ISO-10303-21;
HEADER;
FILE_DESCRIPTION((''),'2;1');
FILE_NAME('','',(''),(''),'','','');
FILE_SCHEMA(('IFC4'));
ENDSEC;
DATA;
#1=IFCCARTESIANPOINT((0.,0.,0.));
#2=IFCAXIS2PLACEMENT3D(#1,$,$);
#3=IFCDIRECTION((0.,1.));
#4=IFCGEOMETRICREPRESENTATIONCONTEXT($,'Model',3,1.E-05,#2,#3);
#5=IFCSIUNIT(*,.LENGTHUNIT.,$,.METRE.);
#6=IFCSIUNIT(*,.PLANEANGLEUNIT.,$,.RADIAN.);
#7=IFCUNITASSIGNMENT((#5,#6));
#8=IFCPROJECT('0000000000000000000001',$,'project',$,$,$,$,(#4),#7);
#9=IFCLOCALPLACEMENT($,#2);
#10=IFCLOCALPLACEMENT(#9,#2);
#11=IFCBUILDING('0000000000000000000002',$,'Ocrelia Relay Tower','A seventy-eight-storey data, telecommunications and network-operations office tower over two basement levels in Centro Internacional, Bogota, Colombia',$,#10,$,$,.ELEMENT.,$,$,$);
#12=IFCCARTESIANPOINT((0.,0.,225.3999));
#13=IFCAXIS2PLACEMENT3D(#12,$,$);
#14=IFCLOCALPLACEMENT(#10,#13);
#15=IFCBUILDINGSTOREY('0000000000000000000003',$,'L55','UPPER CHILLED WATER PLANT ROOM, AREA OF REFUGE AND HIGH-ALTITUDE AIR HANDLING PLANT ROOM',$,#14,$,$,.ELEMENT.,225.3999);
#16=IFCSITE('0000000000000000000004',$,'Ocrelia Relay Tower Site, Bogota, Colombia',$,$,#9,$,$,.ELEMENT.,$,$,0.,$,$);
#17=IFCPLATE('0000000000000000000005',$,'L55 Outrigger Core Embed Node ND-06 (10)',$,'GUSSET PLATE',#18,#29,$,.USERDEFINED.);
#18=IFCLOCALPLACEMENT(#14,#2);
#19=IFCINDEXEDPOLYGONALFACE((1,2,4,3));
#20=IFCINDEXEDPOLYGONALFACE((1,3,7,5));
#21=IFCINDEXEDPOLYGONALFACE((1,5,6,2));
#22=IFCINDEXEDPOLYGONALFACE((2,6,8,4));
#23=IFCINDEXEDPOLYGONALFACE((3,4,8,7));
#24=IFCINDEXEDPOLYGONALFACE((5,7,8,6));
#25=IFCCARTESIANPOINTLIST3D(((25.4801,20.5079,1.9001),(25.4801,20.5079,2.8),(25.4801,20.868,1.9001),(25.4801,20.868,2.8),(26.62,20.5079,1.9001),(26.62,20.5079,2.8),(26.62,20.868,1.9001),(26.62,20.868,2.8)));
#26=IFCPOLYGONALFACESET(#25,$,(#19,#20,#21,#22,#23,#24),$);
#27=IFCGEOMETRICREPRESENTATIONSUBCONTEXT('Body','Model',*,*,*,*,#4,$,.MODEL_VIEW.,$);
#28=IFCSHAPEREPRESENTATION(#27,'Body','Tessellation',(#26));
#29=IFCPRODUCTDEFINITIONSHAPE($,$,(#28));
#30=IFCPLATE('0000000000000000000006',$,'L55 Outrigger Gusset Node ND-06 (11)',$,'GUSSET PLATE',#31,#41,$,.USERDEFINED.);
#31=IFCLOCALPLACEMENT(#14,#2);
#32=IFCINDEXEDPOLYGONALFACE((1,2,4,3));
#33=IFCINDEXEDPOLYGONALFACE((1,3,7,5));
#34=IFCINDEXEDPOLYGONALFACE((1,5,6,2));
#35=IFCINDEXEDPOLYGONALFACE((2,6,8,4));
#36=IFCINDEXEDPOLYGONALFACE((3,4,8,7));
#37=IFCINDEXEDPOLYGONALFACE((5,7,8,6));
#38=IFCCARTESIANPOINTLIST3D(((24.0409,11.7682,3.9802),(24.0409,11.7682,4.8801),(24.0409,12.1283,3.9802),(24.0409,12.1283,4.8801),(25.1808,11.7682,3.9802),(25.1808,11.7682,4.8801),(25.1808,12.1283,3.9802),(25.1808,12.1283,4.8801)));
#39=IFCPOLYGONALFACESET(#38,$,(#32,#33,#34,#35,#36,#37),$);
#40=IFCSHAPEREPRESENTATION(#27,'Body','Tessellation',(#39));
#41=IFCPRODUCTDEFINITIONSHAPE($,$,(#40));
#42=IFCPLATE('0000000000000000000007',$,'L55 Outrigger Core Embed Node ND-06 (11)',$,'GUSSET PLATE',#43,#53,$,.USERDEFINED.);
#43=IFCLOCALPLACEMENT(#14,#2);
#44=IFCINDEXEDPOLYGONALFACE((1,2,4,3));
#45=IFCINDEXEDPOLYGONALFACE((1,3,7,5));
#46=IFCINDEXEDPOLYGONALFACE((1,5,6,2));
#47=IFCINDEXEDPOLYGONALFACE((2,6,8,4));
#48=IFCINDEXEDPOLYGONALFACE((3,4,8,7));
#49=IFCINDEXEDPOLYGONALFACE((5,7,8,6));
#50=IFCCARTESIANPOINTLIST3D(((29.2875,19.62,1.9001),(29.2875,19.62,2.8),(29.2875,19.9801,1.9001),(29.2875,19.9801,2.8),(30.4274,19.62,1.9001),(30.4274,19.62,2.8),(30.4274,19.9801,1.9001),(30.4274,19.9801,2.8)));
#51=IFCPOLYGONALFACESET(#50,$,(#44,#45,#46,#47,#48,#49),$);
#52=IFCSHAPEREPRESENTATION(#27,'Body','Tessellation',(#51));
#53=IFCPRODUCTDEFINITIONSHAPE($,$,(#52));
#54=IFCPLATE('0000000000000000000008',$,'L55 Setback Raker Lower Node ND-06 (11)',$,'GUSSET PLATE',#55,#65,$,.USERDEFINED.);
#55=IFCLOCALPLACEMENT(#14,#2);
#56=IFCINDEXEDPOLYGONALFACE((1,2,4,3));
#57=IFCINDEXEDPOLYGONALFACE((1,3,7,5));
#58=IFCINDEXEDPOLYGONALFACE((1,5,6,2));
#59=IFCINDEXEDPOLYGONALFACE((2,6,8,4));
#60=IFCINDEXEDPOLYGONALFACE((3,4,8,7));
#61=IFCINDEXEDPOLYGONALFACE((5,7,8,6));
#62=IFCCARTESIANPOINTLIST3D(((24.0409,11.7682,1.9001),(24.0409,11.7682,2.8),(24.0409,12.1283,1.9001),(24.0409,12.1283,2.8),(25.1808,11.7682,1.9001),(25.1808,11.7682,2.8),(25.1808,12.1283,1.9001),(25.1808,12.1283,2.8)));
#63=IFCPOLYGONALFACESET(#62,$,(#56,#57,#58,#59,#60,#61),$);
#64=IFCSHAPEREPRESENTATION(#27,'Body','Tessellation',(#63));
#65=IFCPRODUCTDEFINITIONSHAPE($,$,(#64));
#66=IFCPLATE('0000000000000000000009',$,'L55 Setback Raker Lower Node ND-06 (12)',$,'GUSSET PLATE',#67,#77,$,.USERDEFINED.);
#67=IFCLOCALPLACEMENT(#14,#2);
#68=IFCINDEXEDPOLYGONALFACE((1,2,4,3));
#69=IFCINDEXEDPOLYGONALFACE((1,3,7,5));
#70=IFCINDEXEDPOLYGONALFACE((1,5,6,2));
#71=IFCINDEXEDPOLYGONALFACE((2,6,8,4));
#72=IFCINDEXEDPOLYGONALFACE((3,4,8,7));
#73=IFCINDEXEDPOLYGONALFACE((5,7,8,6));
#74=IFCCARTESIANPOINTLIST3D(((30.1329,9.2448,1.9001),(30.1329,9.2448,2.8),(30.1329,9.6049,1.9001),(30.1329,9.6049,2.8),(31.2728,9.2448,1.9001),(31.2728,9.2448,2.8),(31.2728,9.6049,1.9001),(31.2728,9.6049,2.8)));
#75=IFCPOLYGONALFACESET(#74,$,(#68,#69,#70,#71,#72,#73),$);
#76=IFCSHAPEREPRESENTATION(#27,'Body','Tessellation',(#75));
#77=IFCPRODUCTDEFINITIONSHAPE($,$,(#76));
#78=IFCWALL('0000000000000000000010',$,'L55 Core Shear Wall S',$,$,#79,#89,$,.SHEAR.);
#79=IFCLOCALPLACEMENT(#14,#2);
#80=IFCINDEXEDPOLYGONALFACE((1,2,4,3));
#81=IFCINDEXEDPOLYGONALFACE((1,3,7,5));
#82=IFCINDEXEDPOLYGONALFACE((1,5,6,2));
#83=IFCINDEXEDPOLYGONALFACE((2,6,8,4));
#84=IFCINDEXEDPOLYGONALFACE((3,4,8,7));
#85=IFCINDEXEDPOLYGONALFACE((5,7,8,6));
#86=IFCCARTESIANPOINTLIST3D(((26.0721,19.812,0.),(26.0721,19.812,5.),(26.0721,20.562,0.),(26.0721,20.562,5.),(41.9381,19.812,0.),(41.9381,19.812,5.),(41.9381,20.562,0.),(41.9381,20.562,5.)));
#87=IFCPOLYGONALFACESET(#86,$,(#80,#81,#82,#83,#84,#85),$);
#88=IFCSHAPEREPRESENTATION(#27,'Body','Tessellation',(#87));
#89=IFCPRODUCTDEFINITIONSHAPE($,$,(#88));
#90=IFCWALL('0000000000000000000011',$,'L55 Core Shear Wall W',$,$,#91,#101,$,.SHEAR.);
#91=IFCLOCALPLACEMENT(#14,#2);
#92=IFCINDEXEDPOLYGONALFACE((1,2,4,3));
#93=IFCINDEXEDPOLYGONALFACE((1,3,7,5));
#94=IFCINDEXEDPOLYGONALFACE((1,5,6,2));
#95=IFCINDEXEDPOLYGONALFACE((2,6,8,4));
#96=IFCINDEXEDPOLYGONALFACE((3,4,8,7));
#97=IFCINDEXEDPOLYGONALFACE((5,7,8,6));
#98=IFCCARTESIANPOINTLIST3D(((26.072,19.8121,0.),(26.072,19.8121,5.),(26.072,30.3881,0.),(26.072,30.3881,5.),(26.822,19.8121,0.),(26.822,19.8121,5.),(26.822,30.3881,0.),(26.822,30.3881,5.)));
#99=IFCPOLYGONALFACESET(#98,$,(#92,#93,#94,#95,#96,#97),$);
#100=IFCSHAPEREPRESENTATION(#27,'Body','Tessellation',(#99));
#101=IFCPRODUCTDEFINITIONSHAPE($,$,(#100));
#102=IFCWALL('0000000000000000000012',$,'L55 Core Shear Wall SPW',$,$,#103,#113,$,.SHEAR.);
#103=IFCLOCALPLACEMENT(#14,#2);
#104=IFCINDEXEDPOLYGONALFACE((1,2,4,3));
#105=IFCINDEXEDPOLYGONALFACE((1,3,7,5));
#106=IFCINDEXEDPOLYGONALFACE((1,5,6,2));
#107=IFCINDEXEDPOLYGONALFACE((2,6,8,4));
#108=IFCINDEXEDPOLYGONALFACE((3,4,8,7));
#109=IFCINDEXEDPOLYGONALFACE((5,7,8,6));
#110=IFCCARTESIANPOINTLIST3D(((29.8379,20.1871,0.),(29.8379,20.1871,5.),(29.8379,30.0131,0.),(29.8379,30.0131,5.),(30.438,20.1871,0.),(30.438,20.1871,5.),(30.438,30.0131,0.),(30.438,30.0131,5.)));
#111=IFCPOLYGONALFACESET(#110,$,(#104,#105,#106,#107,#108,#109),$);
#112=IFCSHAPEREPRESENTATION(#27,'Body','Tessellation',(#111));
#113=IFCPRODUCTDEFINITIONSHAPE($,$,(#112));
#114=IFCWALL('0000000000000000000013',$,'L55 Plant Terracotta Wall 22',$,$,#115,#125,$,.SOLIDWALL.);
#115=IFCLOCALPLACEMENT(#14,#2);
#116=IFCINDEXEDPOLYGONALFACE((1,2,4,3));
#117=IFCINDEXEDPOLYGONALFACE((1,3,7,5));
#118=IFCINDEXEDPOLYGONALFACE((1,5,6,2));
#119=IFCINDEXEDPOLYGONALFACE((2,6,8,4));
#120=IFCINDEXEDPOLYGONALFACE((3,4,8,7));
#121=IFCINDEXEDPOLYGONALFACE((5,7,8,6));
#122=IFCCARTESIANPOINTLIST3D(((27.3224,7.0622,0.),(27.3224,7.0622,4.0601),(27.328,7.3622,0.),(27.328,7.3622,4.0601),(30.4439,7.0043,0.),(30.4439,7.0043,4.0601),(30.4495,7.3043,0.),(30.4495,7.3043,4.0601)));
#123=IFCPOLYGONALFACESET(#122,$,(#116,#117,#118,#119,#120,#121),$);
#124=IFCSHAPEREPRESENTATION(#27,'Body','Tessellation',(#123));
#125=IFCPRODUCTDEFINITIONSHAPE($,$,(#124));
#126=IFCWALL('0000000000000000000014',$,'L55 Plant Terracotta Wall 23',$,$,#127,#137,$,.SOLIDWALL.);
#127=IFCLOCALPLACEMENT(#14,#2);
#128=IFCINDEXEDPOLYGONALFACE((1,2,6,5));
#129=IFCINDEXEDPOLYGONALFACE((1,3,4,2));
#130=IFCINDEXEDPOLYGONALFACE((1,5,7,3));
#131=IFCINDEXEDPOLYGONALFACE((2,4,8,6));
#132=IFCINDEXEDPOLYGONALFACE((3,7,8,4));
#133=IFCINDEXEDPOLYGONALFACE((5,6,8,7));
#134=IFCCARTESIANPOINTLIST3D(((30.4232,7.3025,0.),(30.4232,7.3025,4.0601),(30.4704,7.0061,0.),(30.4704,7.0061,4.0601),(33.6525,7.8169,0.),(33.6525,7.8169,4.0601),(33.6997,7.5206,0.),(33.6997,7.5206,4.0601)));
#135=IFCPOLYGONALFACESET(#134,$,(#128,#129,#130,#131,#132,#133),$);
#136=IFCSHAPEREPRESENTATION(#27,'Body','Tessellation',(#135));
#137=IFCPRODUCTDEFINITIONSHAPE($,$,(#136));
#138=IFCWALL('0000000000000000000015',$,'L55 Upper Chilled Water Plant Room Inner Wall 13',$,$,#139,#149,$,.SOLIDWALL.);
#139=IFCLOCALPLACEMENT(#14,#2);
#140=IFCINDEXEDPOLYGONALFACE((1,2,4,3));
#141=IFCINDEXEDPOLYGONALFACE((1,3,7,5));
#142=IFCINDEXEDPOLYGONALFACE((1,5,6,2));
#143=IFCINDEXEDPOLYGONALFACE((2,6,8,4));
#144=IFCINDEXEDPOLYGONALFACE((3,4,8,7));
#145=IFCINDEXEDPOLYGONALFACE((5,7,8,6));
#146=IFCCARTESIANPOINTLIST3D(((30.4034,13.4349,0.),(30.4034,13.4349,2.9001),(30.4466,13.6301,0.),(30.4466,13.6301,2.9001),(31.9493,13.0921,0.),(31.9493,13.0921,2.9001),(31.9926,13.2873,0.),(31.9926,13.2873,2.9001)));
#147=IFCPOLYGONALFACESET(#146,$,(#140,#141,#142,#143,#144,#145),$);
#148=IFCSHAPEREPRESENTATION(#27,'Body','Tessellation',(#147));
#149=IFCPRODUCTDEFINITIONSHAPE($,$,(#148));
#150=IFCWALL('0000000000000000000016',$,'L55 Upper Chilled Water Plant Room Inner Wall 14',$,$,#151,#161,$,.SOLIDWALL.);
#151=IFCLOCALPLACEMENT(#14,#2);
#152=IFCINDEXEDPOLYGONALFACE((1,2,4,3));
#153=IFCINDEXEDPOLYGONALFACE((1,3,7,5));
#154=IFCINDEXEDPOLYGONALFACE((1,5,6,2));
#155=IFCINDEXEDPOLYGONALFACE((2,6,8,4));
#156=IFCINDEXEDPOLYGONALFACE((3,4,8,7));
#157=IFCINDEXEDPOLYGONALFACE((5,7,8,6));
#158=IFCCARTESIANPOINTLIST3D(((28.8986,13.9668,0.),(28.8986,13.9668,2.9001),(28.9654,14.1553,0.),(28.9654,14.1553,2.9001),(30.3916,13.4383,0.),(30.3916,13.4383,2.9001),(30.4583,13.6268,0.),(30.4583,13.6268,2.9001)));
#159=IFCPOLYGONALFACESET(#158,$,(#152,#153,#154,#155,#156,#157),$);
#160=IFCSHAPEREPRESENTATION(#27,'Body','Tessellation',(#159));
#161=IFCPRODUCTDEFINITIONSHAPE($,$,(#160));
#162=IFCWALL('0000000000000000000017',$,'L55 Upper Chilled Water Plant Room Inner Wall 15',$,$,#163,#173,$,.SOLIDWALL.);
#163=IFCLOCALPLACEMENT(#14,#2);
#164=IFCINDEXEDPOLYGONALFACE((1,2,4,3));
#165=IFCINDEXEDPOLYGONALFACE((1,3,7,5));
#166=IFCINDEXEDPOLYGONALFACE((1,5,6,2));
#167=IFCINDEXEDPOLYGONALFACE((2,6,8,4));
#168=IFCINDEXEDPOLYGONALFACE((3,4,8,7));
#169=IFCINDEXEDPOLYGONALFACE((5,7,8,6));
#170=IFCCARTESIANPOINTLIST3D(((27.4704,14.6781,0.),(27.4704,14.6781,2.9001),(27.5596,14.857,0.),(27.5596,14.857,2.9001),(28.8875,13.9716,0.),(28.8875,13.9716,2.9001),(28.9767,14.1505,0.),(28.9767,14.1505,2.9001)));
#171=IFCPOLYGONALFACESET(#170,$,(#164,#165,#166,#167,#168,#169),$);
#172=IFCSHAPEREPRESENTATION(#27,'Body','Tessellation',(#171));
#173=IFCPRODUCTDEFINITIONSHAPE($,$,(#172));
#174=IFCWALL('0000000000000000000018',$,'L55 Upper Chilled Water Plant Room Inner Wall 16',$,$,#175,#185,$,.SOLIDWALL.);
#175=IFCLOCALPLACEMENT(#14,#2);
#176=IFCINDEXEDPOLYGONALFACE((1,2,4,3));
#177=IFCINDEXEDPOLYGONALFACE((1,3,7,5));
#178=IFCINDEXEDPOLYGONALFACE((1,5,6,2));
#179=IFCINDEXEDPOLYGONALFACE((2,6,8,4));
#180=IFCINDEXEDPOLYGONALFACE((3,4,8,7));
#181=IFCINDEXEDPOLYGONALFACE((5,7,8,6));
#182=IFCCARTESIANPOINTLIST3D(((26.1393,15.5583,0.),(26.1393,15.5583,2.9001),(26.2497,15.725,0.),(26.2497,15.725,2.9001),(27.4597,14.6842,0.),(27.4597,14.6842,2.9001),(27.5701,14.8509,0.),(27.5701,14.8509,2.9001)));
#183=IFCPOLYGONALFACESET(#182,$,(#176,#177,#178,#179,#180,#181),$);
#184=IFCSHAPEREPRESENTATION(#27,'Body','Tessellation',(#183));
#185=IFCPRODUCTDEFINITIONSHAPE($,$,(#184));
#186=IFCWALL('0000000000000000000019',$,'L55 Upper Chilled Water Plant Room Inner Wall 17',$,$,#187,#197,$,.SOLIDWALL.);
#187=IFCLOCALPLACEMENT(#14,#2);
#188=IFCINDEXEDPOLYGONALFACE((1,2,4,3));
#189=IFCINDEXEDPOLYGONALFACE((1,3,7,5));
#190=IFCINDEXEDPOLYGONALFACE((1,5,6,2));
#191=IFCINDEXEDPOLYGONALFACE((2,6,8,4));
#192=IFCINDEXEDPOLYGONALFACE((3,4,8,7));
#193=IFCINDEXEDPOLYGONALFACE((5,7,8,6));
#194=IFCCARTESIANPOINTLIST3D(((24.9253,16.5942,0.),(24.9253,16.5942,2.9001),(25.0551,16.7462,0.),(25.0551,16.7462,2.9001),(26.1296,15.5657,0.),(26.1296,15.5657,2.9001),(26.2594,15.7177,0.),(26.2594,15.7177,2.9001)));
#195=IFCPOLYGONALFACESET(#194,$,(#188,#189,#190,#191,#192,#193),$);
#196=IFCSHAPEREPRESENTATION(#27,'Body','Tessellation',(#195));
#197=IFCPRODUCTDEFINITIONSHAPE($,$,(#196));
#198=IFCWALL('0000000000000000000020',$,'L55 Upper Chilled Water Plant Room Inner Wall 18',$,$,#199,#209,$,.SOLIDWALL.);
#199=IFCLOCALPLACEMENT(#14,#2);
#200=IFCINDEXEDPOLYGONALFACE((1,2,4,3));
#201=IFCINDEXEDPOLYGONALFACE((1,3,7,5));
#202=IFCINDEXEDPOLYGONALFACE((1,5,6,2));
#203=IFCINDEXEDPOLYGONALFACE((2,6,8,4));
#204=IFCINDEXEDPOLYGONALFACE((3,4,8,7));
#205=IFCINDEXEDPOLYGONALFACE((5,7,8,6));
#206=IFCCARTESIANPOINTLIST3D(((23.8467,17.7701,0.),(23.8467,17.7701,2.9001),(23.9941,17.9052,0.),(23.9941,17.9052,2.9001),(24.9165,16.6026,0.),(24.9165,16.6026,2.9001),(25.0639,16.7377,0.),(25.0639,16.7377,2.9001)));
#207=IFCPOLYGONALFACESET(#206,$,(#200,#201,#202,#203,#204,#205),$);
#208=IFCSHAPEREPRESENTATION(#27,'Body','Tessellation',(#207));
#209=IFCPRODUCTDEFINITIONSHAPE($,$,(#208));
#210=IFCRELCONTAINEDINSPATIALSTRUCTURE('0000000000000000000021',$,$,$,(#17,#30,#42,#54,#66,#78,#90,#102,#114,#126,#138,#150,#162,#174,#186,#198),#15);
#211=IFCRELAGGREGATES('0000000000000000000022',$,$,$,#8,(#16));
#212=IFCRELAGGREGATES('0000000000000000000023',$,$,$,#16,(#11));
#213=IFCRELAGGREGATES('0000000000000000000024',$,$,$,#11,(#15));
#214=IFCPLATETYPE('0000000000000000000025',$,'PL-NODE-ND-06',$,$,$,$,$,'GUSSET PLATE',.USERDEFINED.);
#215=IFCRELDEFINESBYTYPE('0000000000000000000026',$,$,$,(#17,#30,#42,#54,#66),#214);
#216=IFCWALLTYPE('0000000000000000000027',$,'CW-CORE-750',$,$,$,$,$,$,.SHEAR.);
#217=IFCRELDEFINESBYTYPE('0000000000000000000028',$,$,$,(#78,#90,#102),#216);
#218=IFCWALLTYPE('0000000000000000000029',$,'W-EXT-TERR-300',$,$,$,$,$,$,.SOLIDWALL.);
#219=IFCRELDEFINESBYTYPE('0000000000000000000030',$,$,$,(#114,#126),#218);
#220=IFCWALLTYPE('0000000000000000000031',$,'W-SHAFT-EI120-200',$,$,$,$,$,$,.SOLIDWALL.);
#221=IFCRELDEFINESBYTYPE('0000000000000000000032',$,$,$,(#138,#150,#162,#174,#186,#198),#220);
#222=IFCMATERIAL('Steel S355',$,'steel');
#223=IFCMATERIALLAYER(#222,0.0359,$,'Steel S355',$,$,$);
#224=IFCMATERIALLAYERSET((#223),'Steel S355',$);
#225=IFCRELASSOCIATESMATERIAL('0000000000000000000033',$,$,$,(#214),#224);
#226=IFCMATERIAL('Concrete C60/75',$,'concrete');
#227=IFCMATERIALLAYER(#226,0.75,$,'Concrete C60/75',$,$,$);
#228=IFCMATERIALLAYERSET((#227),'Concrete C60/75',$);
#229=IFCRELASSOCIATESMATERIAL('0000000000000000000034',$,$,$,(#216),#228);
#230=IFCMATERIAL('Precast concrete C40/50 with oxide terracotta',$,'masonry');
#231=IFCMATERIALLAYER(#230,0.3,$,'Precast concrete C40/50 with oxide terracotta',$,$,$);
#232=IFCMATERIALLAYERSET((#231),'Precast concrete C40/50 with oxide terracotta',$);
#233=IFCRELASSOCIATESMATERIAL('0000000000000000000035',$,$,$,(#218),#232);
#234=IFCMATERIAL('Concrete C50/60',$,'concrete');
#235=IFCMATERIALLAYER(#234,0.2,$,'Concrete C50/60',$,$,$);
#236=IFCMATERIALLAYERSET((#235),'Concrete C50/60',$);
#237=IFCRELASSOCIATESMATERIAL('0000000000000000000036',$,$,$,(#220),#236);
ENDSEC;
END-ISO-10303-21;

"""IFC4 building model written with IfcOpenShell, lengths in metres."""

from ifc_helpers import new_model, si_unit, direction, frame, frame_2d, origin, origin_2d, place, context, subcontext, project, spatial, rectangle, extrude, material, layer, layer_set, type_object, element, save


model = new_model("IFC4")

# Units and contexts
model_context = context("Model", 3, precision=1e-05, world=origin(), true_north=direction((0.0, 1.0)))
body_context = subcontext(model_context, "Body", "Model", "MODEL_VIEW")
ifc_project = project(units=[si_unit("LENGTHUNIT", "METRE"), si_unit("PLANEANGLEUNIT", "RADIAN")], contexts=[model_context])

# Site, building, storey
site_placement = place(None, origin())
site = spatial("IfcSite", under=ifc_project, at=site_placement, Name="Ocrelia Relay Tower Site, Bogota, Colombia", CompositionType="ELEMENT", RefElevation=0.0)
building_placement = place(site_placement, origin())
building = spatial("IfcBuilding", under=site, at=building_placement, Name="Ocrelia Relay Tower", Description="A seventy-eight-storey data, telecommunications and network-operations office tower over two basement levels in Centro Internacional, Bogota, Colombia", CompositionType="ELEMENT")
storey_placement = place(building_placement, frame((0.0, 0.0, 225.3999)))
storey = spatial("IfcBuildingStorey", under=building, at=storey_placement, Name="L55", Description="UPPER CHILLED WATER PLANT ROOM, AREA OF REFUGE AND HIGH-ALTITUDE AIR HANDLING PLANT ROOM", CompositionType="ELEMENT", Elevation=225.3999)

# Shared definitions
ifc_material_1 = material(Name="Concrete C60/75", Category="concrete")

# Shared definitions
ifc_material_2 = material(Name="Steel S355", Category="steel")

# Plates
ifc_layer_1 = layer(ifc_material_2, 0.0359, Name="Steel S355")
ifc_layer_set_1 = layer_set([ifc_layer_1], Name="Steel S355")
plate_type = type_object("IfcPlateType", Name="PL-NODE-ND-06", ElementType="GUSSET PLATE", PredefinedType="USERDEFINED", material=ifc_layer_set_1)
for number, where, z_axis, x_axis, name in (
    (1, (26.05, 20.688, 1.9001), (0.0, 0.0, 1.0), (1.0, 0.0, 0.0), "L55 Outrigger Core Embed Node ND-06 (10)"),
    (2, (24.6108, 11.9482, 3.9802), (0.0, 0.0, 1.0), (1.0, 0.0, 0.0), "L55 Outrigger Gusset Node ND-06 (11)"),
    (3, (29.8574, 19.8, 1.9001), (0.0, 0.0, 1.0), (1.0, 0.0, 0.0), "L55 Outrigger Core Embed Node ND-06 (11)"),
    (4, (24.6108, 11.9482, 1.9001), (0.0, 0.0, 1.0), (1.0, 0.0, 0.0), "L55 Setback Raker Lower Node ND-06 (11)"),
    (5, (30.7029, 9.4248, 1.9001), (0.0, 0.0, 1.0), (1.0, 0.0, 0.0), "L55 Setback Raker Lower Node ND-06 (12)"),
):
    element("IfcPlate", number, at=place(storey_placement, frame(where, z_axis=z_axis, x_axis=x_axis)), inside=storey, type_object=plate_type, Name=name, ObjectType="GUSSET PLATE", PredefinedType="USERDEFINED", context=body_context, shape_type="SweptSolid", body=[
        extrude(rectangle(XDim=1.1399, YDim=0.3601, at=origin_2d()), origin(), (0.0, 0.0, 1.0), 0.8999),
    ])

# Walls
ifc_layer_2 = layer(ifc_material_1, 0.75, Name="Concrete C60/75")
ifc_layer_set_2 = layer_set([ifc_layer_2], Name="Concrete C60/75")
wall_type_1 = type_object("IfcWallType", Name="CW-CORE-750", PredefinedType="SHEAR", material=ifc_layer_set_2)
wall_1_placement = place(storey_placement, frame((26.072, 20.187, 0.0), z_axis=(0.0, 0.0, 1.0), x_axis=(1.0, 0.0, 0.0)))
element("IfcWall", 6, at=wall_1_placement, inside=storey, type_object=wall_type_1, Name="L55 Core Shear Wall S", PredefinedType="SHEAR", context=body_context, shape_type="SweptSolid", body=[
    extrude(rectangle(XDim=15.866, YDim=0.75, at=frame_2d((7.9331, 0.0))), origin(), (0.0, 0.0, 1.0), 5.0),
])
wall_2_placement = place(storey_placement, frame((26.447, 19.812, 0.0), z_axis=(0.0, 0.0, 1.0), x_axis=(0.0, 1.0, 0.0)))
element("IfcWall", 7, at=wall_2_placement, inside=storey, type_object=wall_type_1, Name="L55 Core Shear Wall W", PredefinedType="SHEAR", context=body_context, shape_type="SweptSolid", body=[
    extrude(rectangle(XDim=10.5759, YDim=0.75, at=frame_2d((5.2881, 0.0))), origin(), (0.0, 0.0, 1.0), 5.0),
])
wall_3_placement = place(storey_placement, frame((30.1379, 20.187, 0.0), z_axis=(0.0, 0.0, 1.0), x_axis=(0.0, 1.0, 0.0)))
element("IfcWall", 8, at=wall_3_placement, inside=storey, type_object=wall_type_1, Name="L55 Core Shear Wall SPW", PredefinedType="SHEAR", context=body_context, shape_type="SweptSolid", body=[
    extrude(rectangle(XDim=9.8259, YDim=0.6001, at=frame_2d((4.9131, 0.0))), origin(), (0.0, 0.0, 1.0), 5.0),
])
ifc_material_3 = material(Name="Precast concrete C40/50 with oxide terracotta", Category="masonry")
ifc_layer_3 = layer(ifc_material_3, 0.3, Name="Precast concrete C40/50 with oxide terracotta")
ifc_layer_set_3 = layer_set([ifc_layer_3], Name="Precast concrete C40/50 with oxide terracotta")
wall_type_2 = type_object("IfcWallType", Name="W-EXT-TERR-300", PredefinedType="SOLIDWALL", material=ifc_layer_set_3)
wall_4_placement = place(storey_placement, frame((27.3252, 7.2122, 0.0), z_axis=(0.0, 0.0, 1.0), x_axis=(0.999828, -0.018533, 0.0)))
element("IfcWall", 9, at=wall_4_placement, inside=storey, type_object=wall_type_2, Name="L55 Plant Terracotta Wall 22", PredefinedType="SOLIDWALL", context=body_context, shape_type="SweptSolid", body=[
    extrude(rectangle(XDim=3.1221, YDim=0.3, at=frame_2d((1.561, 0.0))), origin(), (0.0, 0.0, 1.0), 4.0601),
])
wall_5_placement = place(storey_placement, frame((30.4468, 7.1543, 0.0), z_axis=(0.0, 0.0, 1.0), x_axis=(0.987549, 0.157312, 0.0)))
element("IfcWall", 10, at=wall_5_placement, inside=storey, type_object=wall_type_2, Name="L55 Plant Terracotta Wall 23", PredefinedType="SOLIDWALL", context=body_context, shape_type="SweptSolid", body=[
    extrude(rectangle(XDim=3.27, YDim=0.3, at=frame_2d((1.635, 0.0))), origin(), (0.0, 0.0, 1.0), 4.0601),
])
ifc_material_4 = material(Name="Concrete C50/60", Category="concrete")
ifc_layer_4 = layer(ifc_material_4, 0.2, Name="Concrete C50/60")
ifc_layer_set_4 = layer_set([ifc_layer_4], Name="Concrete C50/60")
wall_type_3 = type_object("IfcWallType", Name="W-SHAFT-EI120-200", PredefinedType="SOLIDWALL", material=ifc_layer_set_4)
wall_6_placement = place(storey_placement, frame((31.9709, 13.1897, 0.0), z_axis=(0.0, 0.0, 1.0), x_axis=(-0.976289, 0.216473, 0.0)))
element("IfcWall", 11, at=wall_6_placement, inside=storey, type_object=wall_type_3, Name="L55 Upper Chilled Water Plant Room Inner Wall 13", PredefinedType="SOLIDWALL", context=body_context, shape_type="SweptSolid", body=[
    extrude(rectangle(XDim=1.5835, YDim=0.2, at=frame_2d((0.7917, 0.0))), origin(), (0.0, 0.0, 1.0), 2.9001),
])
wall_7_placement = place(storey_placement, frame((30.425, 13.5325, 0.0), z_axis=(0.0, 0.0, 1.0), x_axis=(-0.942663, 0.333747, 0.0)))
element("IfcWall", 12, at=wall_7_placement, inside=storey, type_object=wall_type_3, Name="L55 Upper Chilled Water Plant Room Inner Wall 14", PredefinedType="SOLIDWALL", context=body_context, shape_type="SweptSolid", body=[
    extrude(rectangle(XDim=1.5837, YDim=0.2, at=frame_2d((0.792, 0.0))), origin(), (0.0, 0.0, 1.0), 2.9001),
])
for number, where, z_axis, x_axis, name in (
    (13, (28.9321, 14.061, 0.0), (0.0, 0.0, 1.0), (-0.894951, 0.446165, 0.0), "L55 Upper Chilled Water Plant Room Inner Wall 15"),
    (14, (27.5149, 14.7676, 0.0), (0.0, 0.0, 1.0), (-0.833849, 0.551993, 0.0), "L55 Upper Chilled Water Plant Room Inner Wall 16"),
):
    element("IfcWall", number, at=place(storey_placement, frame(where, z_axis=z_axis, x_axis=x_axis)), inside=storey, type_object=wall_type_3, Name=name, PredefinedType="SOLIDWALL", context=body_context, shape_type="SweptSolid", body=[
        extrude(rectangle(XDim=1.5835, YDim=0.2, at=frame_2d((0.7917, 0.0))), origin(), (0.0, 0.0, 1.0), 2.9001),
    ])
wall_8_placement = place(storey_placement, frame((26.1946, 15.6416, 0.0), z_axis=(0.0, 0.0, 1.0), x_axis=(-0.76042, 0.649432, 0.0)))
element("IfcWall", 15, at=wall_8_placement, inside=storey, type_object=wall_type_3, Name="L55 Upper Chilled Water Plant Room Inner Wall 17", PredefinedType="SOLIDWALL", context=body_context, shape_type="SweptSolid", body=[
    extrude(rectangle(XDim=1.5837, YDim=0.2, at=frame_2d((0.792, 0.0))), origin(), (0.0, 0.0, 1.0), 2.9001),
])
wall_9_placement = place(storey_placement, frame((24.9902, 16.6702, 0.0), z_axis=(0.0, 0.0, 1.0), x_axis=(-0.675599, 0.737269, 0.0)))
element("IfcWall", 16, at=wall_9_placement, inside=storey, type_object=wall_type_3, Name="L55 Upper Chilled Water Plant Room Inner Wall 18", PredefinedType="SOLIDWALL", context=body_context, shape_type="SweptSolid", body=[
    extrude(rectangle(XDim=1.5835, YDim=0.2, at=frame_2d((0.7917, 0.0))), origin(), (0.0, 0.0, 1.0), 2.9001),
])

save(model, "model.ifc")
